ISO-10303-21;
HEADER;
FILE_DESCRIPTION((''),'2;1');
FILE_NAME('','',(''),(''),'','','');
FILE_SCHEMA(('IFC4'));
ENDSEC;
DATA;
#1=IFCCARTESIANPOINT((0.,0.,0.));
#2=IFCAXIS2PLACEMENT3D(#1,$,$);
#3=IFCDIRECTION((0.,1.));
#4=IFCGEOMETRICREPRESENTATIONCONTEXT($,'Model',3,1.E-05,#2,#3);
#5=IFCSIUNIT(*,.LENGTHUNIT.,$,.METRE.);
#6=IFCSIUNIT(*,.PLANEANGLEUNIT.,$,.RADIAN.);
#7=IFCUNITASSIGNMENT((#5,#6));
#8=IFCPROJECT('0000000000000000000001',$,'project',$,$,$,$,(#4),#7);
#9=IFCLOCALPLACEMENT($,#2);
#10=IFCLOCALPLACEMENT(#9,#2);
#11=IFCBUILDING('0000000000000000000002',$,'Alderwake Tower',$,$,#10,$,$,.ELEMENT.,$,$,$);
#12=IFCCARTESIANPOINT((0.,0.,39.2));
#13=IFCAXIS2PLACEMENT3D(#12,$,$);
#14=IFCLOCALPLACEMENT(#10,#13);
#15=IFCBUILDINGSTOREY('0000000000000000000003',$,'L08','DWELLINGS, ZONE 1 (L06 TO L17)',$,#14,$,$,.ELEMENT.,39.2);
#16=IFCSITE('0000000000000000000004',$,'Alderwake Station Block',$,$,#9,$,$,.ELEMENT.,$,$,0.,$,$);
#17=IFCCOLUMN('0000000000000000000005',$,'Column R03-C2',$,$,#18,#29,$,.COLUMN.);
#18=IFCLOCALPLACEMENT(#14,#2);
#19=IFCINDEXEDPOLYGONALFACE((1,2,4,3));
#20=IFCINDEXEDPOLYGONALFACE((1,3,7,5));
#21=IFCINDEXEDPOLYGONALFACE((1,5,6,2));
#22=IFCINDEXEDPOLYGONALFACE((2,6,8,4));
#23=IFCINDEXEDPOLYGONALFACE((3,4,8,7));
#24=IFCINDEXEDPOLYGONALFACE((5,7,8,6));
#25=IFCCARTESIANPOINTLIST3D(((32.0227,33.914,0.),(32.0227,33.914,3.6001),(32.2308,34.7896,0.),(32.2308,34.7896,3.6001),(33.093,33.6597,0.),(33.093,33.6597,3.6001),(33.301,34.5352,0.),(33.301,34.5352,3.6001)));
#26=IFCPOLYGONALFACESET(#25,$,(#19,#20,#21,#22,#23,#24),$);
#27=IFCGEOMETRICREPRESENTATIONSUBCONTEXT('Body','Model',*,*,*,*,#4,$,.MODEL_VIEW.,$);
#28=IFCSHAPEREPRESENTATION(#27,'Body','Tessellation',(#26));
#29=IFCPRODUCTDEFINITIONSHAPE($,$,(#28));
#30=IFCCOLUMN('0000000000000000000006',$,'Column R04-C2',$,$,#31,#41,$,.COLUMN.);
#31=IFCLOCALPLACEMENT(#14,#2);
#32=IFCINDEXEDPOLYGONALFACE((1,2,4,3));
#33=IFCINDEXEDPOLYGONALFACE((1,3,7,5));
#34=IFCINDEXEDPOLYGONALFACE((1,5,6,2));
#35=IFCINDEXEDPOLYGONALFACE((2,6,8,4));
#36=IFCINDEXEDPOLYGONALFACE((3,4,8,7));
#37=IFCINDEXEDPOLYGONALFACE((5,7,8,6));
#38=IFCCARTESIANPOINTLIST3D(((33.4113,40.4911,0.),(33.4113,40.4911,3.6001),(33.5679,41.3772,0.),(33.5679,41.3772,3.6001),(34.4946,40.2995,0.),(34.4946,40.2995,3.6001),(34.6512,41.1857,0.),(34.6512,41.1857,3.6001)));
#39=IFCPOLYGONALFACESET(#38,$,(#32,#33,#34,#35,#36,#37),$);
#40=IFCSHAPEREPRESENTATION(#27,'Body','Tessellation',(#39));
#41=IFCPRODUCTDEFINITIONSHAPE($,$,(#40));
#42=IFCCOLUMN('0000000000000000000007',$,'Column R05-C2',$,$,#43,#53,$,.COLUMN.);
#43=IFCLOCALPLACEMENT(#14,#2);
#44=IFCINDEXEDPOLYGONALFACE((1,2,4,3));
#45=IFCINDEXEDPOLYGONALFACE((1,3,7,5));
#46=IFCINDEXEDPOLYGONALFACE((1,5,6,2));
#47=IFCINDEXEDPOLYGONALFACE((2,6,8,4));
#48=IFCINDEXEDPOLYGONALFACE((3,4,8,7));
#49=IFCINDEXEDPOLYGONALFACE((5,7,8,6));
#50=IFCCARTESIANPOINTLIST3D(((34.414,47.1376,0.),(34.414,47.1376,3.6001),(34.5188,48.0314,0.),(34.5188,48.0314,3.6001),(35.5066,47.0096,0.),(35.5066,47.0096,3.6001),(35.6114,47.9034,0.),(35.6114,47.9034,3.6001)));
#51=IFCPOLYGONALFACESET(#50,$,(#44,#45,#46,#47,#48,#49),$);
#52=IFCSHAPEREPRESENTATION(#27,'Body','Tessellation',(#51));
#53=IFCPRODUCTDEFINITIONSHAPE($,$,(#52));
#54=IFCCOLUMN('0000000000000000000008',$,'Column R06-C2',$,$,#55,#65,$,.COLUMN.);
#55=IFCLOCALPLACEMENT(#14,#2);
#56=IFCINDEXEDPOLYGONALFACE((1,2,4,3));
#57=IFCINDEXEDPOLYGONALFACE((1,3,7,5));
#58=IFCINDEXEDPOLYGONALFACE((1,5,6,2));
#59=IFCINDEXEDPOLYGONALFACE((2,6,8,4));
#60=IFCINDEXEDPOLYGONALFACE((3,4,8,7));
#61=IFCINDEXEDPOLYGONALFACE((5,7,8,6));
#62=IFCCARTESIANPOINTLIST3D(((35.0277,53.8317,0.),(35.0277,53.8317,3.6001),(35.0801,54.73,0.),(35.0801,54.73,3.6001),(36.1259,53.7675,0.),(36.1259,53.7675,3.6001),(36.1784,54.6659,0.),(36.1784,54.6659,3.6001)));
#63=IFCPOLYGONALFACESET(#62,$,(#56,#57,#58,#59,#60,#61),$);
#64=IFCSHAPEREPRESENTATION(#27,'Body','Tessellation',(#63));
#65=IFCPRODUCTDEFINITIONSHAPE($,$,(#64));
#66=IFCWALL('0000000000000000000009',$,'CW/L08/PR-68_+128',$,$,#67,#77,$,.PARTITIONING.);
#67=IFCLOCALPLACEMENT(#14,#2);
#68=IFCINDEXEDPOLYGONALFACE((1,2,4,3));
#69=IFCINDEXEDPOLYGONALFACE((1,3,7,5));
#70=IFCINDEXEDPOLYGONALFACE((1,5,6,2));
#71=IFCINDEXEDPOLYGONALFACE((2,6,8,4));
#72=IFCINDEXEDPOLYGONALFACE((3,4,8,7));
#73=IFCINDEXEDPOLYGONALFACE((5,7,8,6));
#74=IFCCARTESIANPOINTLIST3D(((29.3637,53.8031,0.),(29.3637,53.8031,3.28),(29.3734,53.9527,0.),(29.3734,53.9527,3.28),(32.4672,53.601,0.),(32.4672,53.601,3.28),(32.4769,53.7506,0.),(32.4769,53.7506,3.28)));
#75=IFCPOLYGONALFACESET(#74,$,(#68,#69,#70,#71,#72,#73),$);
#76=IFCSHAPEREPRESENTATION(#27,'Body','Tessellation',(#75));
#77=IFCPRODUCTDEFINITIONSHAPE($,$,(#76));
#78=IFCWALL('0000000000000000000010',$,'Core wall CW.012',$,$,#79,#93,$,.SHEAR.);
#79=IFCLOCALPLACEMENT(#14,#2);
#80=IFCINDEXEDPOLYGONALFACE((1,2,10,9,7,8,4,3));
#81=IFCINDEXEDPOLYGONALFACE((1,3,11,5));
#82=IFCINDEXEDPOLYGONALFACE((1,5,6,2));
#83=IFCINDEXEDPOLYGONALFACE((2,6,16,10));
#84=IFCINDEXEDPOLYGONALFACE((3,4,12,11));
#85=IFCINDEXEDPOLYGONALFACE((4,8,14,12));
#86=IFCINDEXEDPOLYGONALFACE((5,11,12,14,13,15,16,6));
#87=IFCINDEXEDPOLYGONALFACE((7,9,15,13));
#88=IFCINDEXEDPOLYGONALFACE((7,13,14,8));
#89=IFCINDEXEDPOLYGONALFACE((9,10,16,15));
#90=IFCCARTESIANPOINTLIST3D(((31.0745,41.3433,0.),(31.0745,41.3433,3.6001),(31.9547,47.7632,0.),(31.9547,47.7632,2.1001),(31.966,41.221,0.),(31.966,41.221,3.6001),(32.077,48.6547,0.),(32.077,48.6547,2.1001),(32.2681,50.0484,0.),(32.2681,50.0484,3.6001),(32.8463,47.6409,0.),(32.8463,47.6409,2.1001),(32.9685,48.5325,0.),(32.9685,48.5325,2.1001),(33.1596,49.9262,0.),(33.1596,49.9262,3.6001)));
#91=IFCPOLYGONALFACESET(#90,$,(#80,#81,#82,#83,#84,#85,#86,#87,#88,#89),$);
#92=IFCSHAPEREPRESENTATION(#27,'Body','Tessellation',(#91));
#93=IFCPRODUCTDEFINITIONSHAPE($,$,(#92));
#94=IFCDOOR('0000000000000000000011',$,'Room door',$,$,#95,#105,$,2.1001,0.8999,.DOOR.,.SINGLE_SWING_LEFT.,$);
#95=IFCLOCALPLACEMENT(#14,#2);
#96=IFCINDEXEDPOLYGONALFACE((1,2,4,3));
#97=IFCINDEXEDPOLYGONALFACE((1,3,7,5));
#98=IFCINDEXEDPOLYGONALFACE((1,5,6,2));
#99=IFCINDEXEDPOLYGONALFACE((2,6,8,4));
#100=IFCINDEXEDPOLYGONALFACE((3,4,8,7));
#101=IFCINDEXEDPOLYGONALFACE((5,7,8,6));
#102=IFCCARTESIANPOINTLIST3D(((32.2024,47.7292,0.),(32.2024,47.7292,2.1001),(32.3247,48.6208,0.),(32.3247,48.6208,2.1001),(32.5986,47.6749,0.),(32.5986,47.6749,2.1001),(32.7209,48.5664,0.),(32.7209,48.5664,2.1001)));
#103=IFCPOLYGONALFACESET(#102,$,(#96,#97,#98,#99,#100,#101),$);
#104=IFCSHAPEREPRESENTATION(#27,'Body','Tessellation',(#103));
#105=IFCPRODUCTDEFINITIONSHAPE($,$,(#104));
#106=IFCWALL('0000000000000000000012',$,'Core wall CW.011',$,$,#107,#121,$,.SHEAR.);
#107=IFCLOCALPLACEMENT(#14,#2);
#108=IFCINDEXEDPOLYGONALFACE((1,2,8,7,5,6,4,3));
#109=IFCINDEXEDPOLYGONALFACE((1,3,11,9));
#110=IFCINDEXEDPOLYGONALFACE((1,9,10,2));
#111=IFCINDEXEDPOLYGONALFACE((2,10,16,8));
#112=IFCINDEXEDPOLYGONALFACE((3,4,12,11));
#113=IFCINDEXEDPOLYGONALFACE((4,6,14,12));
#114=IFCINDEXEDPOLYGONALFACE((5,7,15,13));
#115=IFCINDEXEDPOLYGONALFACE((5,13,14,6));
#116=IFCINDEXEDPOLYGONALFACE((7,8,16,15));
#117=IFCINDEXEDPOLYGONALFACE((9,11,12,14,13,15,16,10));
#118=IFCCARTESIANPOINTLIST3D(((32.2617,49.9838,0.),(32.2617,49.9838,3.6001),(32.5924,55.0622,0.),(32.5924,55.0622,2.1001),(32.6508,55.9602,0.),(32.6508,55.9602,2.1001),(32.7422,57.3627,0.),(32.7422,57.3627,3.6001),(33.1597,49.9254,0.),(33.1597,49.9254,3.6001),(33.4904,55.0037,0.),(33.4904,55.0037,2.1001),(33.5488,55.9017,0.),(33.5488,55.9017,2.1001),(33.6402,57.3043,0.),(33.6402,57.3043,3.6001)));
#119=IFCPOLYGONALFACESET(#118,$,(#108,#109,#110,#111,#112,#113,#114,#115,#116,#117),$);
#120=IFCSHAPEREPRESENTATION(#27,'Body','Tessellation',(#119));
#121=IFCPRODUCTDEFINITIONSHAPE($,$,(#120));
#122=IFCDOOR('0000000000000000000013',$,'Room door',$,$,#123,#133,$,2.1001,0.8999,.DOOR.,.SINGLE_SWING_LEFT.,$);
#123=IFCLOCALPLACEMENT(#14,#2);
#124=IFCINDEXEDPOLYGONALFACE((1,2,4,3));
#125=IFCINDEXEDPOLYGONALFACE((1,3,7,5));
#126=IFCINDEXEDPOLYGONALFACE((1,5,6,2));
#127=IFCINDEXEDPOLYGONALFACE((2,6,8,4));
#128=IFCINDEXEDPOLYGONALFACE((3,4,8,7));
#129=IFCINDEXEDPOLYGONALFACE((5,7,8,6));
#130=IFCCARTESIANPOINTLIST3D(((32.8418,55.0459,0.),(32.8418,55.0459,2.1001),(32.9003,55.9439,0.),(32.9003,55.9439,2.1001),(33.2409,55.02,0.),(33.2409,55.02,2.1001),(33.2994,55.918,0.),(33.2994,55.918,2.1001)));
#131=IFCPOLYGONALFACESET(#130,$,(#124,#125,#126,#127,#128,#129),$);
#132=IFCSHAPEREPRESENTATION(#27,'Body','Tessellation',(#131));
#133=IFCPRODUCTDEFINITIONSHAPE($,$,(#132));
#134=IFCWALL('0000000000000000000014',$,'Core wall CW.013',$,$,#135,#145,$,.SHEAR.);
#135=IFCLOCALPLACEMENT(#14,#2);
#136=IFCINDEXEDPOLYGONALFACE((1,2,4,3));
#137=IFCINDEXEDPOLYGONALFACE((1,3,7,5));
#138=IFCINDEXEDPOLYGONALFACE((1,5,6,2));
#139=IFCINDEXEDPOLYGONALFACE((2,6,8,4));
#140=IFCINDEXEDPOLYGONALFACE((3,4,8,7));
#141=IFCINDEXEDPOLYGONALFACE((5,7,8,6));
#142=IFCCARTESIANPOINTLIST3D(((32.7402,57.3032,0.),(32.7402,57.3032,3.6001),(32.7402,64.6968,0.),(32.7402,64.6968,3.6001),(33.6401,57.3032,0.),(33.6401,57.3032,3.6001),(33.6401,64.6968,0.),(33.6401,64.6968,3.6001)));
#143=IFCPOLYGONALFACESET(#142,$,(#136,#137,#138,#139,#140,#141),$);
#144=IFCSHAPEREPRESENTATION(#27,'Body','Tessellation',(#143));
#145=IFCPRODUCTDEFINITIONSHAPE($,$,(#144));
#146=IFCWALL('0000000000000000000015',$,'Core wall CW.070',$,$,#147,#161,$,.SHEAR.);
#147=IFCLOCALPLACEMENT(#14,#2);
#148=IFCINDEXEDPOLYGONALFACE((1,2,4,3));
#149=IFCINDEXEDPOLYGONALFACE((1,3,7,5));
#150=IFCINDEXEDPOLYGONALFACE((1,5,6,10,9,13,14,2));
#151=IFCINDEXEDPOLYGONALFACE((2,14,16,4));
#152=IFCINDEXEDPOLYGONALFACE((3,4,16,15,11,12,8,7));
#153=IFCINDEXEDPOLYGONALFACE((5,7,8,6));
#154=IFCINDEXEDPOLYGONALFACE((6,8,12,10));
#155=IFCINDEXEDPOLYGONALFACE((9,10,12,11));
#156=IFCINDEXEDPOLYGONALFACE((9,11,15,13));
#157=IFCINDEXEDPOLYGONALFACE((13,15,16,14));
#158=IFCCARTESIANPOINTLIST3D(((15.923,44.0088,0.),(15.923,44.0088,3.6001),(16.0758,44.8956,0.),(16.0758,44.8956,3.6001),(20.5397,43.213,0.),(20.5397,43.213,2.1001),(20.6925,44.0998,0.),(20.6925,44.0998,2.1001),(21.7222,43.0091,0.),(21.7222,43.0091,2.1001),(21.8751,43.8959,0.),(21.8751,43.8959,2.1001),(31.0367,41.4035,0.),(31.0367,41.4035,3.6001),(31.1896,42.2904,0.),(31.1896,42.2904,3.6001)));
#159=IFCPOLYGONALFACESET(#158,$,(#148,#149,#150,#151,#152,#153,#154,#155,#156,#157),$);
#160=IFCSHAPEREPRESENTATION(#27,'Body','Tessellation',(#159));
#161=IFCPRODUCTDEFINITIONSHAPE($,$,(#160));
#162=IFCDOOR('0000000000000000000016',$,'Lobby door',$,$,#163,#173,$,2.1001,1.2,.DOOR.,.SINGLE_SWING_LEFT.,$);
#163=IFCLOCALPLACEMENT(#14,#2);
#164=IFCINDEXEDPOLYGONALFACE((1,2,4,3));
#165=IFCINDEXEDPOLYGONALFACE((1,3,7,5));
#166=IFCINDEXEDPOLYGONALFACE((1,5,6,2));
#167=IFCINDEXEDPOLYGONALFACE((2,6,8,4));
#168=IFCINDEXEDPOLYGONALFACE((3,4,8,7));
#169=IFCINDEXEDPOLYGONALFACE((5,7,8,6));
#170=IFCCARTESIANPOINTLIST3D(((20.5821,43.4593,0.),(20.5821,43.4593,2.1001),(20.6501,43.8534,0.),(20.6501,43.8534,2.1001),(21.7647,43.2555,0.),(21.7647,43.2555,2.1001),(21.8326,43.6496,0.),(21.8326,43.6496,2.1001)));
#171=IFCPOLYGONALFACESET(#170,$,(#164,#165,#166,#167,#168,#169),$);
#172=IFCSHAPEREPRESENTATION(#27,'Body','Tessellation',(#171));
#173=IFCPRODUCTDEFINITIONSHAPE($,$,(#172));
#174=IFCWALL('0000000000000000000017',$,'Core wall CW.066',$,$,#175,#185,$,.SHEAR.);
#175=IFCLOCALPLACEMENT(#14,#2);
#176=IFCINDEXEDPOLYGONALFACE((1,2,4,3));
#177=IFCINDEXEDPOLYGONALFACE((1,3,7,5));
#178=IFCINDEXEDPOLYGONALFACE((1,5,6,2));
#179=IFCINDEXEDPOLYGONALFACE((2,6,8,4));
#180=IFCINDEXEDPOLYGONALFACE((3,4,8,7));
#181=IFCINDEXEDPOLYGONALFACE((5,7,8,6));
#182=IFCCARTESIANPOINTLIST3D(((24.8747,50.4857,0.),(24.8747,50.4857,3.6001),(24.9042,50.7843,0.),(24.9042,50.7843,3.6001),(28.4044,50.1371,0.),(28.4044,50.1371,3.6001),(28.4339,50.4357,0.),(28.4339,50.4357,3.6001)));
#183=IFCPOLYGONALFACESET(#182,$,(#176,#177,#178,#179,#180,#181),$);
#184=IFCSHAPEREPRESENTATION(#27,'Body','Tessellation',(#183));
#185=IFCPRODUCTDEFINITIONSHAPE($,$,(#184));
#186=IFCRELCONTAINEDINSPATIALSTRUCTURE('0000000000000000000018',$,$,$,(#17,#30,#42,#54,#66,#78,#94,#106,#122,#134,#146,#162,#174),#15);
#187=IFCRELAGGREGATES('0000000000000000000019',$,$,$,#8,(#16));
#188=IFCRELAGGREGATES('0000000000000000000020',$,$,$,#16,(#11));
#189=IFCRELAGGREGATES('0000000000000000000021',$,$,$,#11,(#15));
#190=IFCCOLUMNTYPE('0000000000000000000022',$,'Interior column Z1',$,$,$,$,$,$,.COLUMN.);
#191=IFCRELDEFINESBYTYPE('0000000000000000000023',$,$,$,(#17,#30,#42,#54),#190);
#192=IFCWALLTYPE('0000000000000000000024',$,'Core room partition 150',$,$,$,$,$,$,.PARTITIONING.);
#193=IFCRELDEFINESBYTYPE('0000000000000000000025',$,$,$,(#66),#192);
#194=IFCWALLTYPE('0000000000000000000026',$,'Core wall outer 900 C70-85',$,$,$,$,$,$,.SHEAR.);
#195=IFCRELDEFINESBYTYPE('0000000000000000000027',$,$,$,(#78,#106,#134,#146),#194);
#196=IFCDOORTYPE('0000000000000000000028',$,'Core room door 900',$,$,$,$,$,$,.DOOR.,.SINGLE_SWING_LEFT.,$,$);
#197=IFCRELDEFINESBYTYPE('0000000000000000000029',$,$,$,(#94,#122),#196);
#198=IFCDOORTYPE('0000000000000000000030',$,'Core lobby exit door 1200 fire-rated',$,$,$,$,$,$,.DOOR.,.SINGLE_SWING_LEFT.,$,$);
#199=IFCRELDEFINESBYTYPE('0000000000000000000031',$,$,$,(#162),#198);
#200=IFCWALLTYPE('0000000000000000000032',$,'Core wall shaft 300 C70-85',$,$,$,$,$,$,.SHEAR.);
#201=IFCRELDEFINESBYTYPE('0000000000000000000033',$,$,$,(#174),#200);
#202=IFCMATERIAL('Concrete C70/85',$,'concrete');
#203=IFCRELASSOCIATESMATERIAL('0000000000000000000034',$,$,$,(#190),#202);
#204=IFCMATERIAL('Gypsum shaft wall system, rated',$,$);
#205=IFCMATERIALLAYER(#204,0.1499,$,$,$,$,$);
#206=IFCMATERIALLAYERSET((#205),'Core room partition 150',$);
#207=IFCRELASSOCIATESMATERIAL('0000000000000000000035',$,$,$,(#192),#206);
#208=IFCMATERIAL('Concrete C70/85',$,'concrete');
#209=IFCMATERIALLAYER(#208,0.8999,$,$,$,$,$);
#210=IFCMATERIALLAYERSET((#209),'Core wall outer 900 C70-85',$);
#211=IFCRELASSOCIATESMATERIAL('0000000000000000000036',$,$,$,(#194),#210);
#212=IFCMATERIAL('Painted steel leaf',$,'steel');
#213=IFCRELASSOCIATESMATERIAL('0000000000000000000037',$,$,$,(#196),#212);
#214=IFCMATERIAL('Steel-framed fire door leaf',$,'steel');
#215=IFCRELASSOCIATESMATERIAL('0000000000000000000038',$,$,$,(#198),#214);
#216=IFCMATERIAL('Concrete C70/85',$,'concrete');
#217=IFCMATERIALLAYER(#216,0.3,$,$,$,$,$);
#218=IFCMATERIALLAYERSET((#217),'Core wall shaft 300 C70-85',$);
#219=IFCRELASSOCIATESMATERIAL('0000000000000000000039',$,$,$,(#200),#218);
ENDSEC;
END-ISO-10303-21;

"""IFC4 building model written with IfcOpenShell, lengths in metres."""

from ifc_helpers import new_model, si_unit, direction, frame, frame_2d, origin, origin_2d, place, context, subcontext, project, spatial, rectangle, extrude, material, layer, layer_set, material_profile, profile_set, type_object, element, fill, save


model = new_model("IFC4")

# Units and contexts
model_context = context("Model", 3, precision=1e-05, world=origin(), true_north=direction((0.0, 1.0)))
body_context = subcontext(model_context, "Body", "Model", "MODEL_VIEW")
ifc_project = project(units=[si_unit("LENGTHUNIT", "METRE"), si_unit("PLANEANGLEUNIT", "RADIAN")], contexts=[model_context])

# Site, building, storey
site_placement = place(None, origin())
site = spatial("IfcSite", under=ifc_project, at=site_placement, Name="Alderwake Station Block", CompositionType="ELEMENT", RefElevation=0.0)
building_placement = place(site_placement, origin())
building = spatial("IfcBuilding", under=site, at=building_placement, Name="Alderwake Tower", CompositionType="ELEMENT")
storey_placement = place(building_placement, frame((0.0, 0.0, 39.2)))
storey = spatial("IfcBuildingStorey", under=building, at=storey_placement, Name="L08", Description="DWELLINGS, ZONE 1 (L06 TO L17)", CompositionType="ELEMENT", Elevation=39.2)

# Columns
ifc_material_1 = material(Name="Concrete C70/85", Category="concrete")
ifc_material_profile = material_profile(ifc_material_1, rectangle(XDim=0.8999, YDim=1.1001, at=origin_2d()), Name="RC 1100X900")
ifc_profile_set = profile_set([ifc_material_profile], Name="Concrete C70/85")
column_type = type_object("IfcColumnType", Name="Interior column Z1", PredefinedType="COLUMN", material=ifc_profile_set)
for number, where, z_axis, x_axis, name in (
    (1, (32.6619, 34.2246, 0.0), (0.0, 0.0, 1.0), (0.231222, 0.972901, 0.0), "Column R03-C2"),
    (2, (34.0312, 40.8384, 0.0), (0.0, 0.0, 1.0), (0.174109, 0.984726, 0.0), "Column R04-C2"),
    (3, (35.0127, 47.5205, 0.0), (0.0, 0.0, 1.0), (0.116402, 0.993202, 0.0), "Column R05-C2"),
    (4, (35.603, 54.2488, 0.0), (0.0, 0.0, 1.0), (0.058301, 0.998299, 0.0), "Column R06-C2"),
):
    element("IfcColumn", number, at=place(storey_placement, frame(where, z_axis=z_axis, x_axis=x_axis)), inside=storey, type_object=column_type, Name=name, PredefinedType="COLUMN", context=body_context, shape_type="SweptSolid", body=[
        extrude(rectangle(XDim=0.8999, YDim=1.1001, at=origin_2d()), origin(), (0.0, 0.0, 1.0), 3.6001),
    ])

# Wall
ifc_material_2 = material(Name="Gypsum shaft wall system, rated")
ifc_layer_1 = layer(ifc_material_2, 0.1499)
ifc_layer_set_1 = layer_set([ifc_layer_1], Name="Core room partition 150")
wall_type_1 = type_object("IfcWallType", Name="Core room partition 150", PredefinedType="PARTITIONING", material=ifc_layer_set_1)
wall_1_placement = place(storey_placement, frame((29.3684, 53.8779, 0.0), z_axis=(0.0, 0.0, 1.0), x_axis=(0.997885, -0.064998, 0.0)))
element("IfcWall", 5, at=wall_1_placement, inside=storey, type_object=wall_type_1, Name="CW/L08/PR-68_+128", PredefinedType="PARTITIONING", context=body_context, shape_type="SweptSolid", body=[
    extrude(rectangle(XDim=3.1101, YDim=0.1499, at=frame_2d((1.5552, 0.0))), origin(), (0.0, 0.0, 1.0), 3.28),
])

# Walls, openings, doors
ifc_material_3 = material(Name="Concrete C70/85", Category="concrete")
ifc_layer_2 = layer(ifc_material_3, 0.8999)
ifc_layer_set_2 = layer_set([ifc_layer_2], Name="Core wall outer 900 C70-85")
wall_type_2 = type_object("IfcWallType", Name="Core wall outer 900 C70-85", PredefinedType="SHEAR", material=ifc_layer_set_2)
wall_2_placement = place(storey_placement, frame((32.7139, 49.9873, 0.0), z_axis=(0.0, 0.0, 1.0), x_axis=(-0.135845, -0.99073, 0.0)))
wall_2 = element("IfcWall", 6, at=wall_2_placement, inside=storey, type_object=wall_type_2, Name="Core wall CW.012", PredefinedType="SHEAR", context=body_context, shape_type="SweptSolid", body=[
    extrude(rectangle(XDim=8.7866, YDim=0.8999, at=frame_2d((4.3933, 0.0))), origin(), (0.0, 0.0, 1.0), 3.6001),
])
opening_1_placement = place(wall_2_placement, frame((1.4067, 0.0, 0.0)))
opening_1 = element("IfcOpeningElement", 7, at=opening_1_placement, cuts=wall_2, PredefinedType="OPENING", context=body_context, shape_type="SweptSolid", body=[
    extrude(rectangle(XDim=0.8999, YDim=2.1001, at=frame_2d((0.45, 1.05))), frame((0.0, 0.46, 0.0), z_axis=(0.0, -1.0, 0.0), x_axis=(1.0, 0.0, 0.0)), (0.0, 0.0, 1.0), 0.9199),
])
ifc_material_4 = material(Name="Painted steel leaf", Category="steel")
door_type_1 = type_object("IfcDoorType", Name="Core room door 900", OperationType="SINGLE_SWING_LEFT", PredefinedType="DOOR", material=ifc_material_4)
door_1_placement = place(opening_1_placement, origin())
door_1 = element("IfcDoor", 8, at=door_1_placement, inside=storey, type_object=door_type_1, Name="Room door", OperationType="SINGLE_SWING_LEFT", OverallHeight=2.1001, OverallWidth=0.8999, PredefinedType="DOOR", context=body_context, shape_type="SweptSolid", body=[
    extrude(rectangle(XDim=0.8999, YDim=2.1001, at=frame_2d((0.45, 1.05))), frame((0.0, 0.2, 0.0), z_axis=(0.0, -1.0, 0.0), x_axis=(1.0, 0.0, 0.0)), (0.0, 0.0, 1.0), 0.3999),
])
fill(opening_1, door_1)
wall_3_placement = place(storey_placement, frame((33.1912, 57.3335, 0.0), z_axis=(0.0, 0.0, 1.0), x_axis=(-0.064976, -0.997887, 0.0)))
wall_3 = element("IfcWall", 9, at=wall_3_placement, inside=storey, type_object=wall_type_2, Name="Core wall CW.011", PredefinedType="SHEAR", context=body_context, shape_type="SweptSolid", body=[
    extrude(rectangle(XDim=7.3945, YDim=0.8999, at=frame_2d((3.6973, 0.0))), origin(), (0.0, 0.0, 1.0), 3.6001),
])
opening_2_placement = place(wall_3_placement, frame((1.4055, 0.0, 0.0)))
opening_2 = element("IfcOpeningElement", 10, at=opening_2_placement, cuts=wall_3, PredefinedType="OPENING", context=body_context, shape_type="SweptSolid", body=[
    extrude(rectangle(XDim=0.8999, YDim=2.1001, at=frame_2d((0.45, 1.05))), frame((0.0, 0.46, 0.0), z_axis=(0.0, -1.0, 0.0), x_axis=(1.0, 0.0, 0.0)), (0.0, 0.0, 1.0), 0.9199),
])
door_2_placement = place(opening_2_placement, origin())
door_2 = element("IfcDoor", 11, at=door_2_placement, inside=storey, type_object=door_type_1, Name="Room door", OperationType="SINGLE_SWING_LEFT", OverallHeight=2.1001, OverallWidth=0.8999, PredefinedType="DOOR", context=body_context, shape_type="SweptSolid", body=[
    extrude(rectangle(XDim=0.8999, YDim=2.1001, at=frame_2d((0.45, 1.05))), frame((0.0, 0.2, 0.0), z_axis=(0.0, -1.0, 0.0), x_axis=(1.0, 0.0, 0.0)), (0.0, 0.0, 1.0), 0.3999),
])
fill(opening_2, door_2)

# Wall
wall_4_placement = place(storey_placement, frame((33.1902, 57.3032, 0.0), z_axis=(0.0, 0.0, 1.0), x_axis=(0.0, 1.0, 0.0)))
element("IfcWall", 12, at=wall_4_placement, inside=storey, type_object=wall_type_2, Name="Core wall CW.013", PredefinedType="SHEAR", context=body_context, shape_type="SweptSolid", body=[
    extrude(rectangle(XDim=7.3936, YDim=0.8999, at=frame_2d((3.6968, 0.0))), origin(), (0.0, 0.0, 1.0), 3.6001),
])

# Wall, opening, door
wall_5_placement = place(storey_placement, frame((31.1133, 41.8469, 0.0), z_axis=(0.0, 0.0, 1.0), x_axis=(-0.985467, 0.169869, 0.0)))
wall_5 = element("IfcWall", 13, at=wall_5_placement, inside=storey, type_object=wall_type_2, Name="Core wall CW.070", PredefinedType="SHEAR", context=body_context, shape_type="SweptSolid", body=[
    extrude(rectangle(XDim=15.3367, YDim=0.8999, at=frame_2d((7.6685, 0.0))), origin(), (0.0, 0.0, 1.0), 3.6001),
])
opening_3_placement = place(wall_5_placement, frame((9.4519, 0.0, 0.0)))
opening_3 = element("IfcOpeningElement", 14, at=opening_3_placement, cuts=wall_5, PredefinedType="OPENING", context=body_context, shape_type="SweptSolid", body=[
    extrude(rectangle(XDim=1.2, YDim=2.1001, at=frame_2d((0.6001, 1.05))), frame((0.0, 0.46, 0.0), z_axis=(0.0, -1.0, 0.0), x_axis=(1.0, 0.0, 0.0)), (0.0, 0.0, 1.0), 0.9199),
])
ifc_material_5 = material(Name="Steel-framed fire door leaf", Category="steel")
door_type_2 = type_object("IfcDoorType", Name="Core lobby exit door 1200 fire-rated", OperationType="SINGLE_SWING_LEFT", PredefinedType="DOOR", material=ifc_material_5)
door_3_placement = place(opening_3_placement, origin())
door_3 = element("IfcDoor", 15, at=door_3_placement, inside=storey, type_object=door_type_2, Name="Lobby door", OperationType="SINGLE_SWING_LEFT", OverallHeight=2.1001, OverallWidth=1.2, PredefinedType="DOOR", context=body_context, shape_type="SweptSolid", body=[
    extrude(rectangle(XDim=1.2, YDim=2.1001, at=frame_2d((0.6001, 1.05))), frame((0.0, 0.2, 0.0), z_axis=(0.0, -1.0, 0.0), x_axis=(1.0, 0.0, 0.0)), (0.0, 0.0, 1.0), 0.3999),
])
fill(opening_3, door_3)

# Wall
ifc_material_6 = material(Name="Concrete C70/85", Category="concrete")
ifc_layer_3 = layer(ifc_material_6, 0.3)
ifc_layer_set_3 = layer_set([ifc_layer_3], Name="Core wall shaft 300 C70-85")
wall_type_3 = type_object("IfcWallType", Name="Core wall shaft 300 C70-85", PredefinedType="SHEAR", material=ifc_layer_set_3)
wall_6_placement = place(storey_placement, frame((24.8894, 50.635, 0.0), z_axis=(0.0, 0.0, 1.0), x_axis=(0.995158, -0.098291, 0.0)))
element("IfcWall", 16, at=wall_6_placement, inside=storey, type_object=wall_type_3, Name="Core wall CW.066", PredefinedType="SHEAR", context=body_context, shape_type="SweptSolid", body=[
    extrude(rectangle(XDim=3.5469, YDim=0.3, at=frame_2d((1.7734, 0.0))), origin(), (0.0, 0.0, 1.0), 3.6001),
])

save(model, "model.ifc")
